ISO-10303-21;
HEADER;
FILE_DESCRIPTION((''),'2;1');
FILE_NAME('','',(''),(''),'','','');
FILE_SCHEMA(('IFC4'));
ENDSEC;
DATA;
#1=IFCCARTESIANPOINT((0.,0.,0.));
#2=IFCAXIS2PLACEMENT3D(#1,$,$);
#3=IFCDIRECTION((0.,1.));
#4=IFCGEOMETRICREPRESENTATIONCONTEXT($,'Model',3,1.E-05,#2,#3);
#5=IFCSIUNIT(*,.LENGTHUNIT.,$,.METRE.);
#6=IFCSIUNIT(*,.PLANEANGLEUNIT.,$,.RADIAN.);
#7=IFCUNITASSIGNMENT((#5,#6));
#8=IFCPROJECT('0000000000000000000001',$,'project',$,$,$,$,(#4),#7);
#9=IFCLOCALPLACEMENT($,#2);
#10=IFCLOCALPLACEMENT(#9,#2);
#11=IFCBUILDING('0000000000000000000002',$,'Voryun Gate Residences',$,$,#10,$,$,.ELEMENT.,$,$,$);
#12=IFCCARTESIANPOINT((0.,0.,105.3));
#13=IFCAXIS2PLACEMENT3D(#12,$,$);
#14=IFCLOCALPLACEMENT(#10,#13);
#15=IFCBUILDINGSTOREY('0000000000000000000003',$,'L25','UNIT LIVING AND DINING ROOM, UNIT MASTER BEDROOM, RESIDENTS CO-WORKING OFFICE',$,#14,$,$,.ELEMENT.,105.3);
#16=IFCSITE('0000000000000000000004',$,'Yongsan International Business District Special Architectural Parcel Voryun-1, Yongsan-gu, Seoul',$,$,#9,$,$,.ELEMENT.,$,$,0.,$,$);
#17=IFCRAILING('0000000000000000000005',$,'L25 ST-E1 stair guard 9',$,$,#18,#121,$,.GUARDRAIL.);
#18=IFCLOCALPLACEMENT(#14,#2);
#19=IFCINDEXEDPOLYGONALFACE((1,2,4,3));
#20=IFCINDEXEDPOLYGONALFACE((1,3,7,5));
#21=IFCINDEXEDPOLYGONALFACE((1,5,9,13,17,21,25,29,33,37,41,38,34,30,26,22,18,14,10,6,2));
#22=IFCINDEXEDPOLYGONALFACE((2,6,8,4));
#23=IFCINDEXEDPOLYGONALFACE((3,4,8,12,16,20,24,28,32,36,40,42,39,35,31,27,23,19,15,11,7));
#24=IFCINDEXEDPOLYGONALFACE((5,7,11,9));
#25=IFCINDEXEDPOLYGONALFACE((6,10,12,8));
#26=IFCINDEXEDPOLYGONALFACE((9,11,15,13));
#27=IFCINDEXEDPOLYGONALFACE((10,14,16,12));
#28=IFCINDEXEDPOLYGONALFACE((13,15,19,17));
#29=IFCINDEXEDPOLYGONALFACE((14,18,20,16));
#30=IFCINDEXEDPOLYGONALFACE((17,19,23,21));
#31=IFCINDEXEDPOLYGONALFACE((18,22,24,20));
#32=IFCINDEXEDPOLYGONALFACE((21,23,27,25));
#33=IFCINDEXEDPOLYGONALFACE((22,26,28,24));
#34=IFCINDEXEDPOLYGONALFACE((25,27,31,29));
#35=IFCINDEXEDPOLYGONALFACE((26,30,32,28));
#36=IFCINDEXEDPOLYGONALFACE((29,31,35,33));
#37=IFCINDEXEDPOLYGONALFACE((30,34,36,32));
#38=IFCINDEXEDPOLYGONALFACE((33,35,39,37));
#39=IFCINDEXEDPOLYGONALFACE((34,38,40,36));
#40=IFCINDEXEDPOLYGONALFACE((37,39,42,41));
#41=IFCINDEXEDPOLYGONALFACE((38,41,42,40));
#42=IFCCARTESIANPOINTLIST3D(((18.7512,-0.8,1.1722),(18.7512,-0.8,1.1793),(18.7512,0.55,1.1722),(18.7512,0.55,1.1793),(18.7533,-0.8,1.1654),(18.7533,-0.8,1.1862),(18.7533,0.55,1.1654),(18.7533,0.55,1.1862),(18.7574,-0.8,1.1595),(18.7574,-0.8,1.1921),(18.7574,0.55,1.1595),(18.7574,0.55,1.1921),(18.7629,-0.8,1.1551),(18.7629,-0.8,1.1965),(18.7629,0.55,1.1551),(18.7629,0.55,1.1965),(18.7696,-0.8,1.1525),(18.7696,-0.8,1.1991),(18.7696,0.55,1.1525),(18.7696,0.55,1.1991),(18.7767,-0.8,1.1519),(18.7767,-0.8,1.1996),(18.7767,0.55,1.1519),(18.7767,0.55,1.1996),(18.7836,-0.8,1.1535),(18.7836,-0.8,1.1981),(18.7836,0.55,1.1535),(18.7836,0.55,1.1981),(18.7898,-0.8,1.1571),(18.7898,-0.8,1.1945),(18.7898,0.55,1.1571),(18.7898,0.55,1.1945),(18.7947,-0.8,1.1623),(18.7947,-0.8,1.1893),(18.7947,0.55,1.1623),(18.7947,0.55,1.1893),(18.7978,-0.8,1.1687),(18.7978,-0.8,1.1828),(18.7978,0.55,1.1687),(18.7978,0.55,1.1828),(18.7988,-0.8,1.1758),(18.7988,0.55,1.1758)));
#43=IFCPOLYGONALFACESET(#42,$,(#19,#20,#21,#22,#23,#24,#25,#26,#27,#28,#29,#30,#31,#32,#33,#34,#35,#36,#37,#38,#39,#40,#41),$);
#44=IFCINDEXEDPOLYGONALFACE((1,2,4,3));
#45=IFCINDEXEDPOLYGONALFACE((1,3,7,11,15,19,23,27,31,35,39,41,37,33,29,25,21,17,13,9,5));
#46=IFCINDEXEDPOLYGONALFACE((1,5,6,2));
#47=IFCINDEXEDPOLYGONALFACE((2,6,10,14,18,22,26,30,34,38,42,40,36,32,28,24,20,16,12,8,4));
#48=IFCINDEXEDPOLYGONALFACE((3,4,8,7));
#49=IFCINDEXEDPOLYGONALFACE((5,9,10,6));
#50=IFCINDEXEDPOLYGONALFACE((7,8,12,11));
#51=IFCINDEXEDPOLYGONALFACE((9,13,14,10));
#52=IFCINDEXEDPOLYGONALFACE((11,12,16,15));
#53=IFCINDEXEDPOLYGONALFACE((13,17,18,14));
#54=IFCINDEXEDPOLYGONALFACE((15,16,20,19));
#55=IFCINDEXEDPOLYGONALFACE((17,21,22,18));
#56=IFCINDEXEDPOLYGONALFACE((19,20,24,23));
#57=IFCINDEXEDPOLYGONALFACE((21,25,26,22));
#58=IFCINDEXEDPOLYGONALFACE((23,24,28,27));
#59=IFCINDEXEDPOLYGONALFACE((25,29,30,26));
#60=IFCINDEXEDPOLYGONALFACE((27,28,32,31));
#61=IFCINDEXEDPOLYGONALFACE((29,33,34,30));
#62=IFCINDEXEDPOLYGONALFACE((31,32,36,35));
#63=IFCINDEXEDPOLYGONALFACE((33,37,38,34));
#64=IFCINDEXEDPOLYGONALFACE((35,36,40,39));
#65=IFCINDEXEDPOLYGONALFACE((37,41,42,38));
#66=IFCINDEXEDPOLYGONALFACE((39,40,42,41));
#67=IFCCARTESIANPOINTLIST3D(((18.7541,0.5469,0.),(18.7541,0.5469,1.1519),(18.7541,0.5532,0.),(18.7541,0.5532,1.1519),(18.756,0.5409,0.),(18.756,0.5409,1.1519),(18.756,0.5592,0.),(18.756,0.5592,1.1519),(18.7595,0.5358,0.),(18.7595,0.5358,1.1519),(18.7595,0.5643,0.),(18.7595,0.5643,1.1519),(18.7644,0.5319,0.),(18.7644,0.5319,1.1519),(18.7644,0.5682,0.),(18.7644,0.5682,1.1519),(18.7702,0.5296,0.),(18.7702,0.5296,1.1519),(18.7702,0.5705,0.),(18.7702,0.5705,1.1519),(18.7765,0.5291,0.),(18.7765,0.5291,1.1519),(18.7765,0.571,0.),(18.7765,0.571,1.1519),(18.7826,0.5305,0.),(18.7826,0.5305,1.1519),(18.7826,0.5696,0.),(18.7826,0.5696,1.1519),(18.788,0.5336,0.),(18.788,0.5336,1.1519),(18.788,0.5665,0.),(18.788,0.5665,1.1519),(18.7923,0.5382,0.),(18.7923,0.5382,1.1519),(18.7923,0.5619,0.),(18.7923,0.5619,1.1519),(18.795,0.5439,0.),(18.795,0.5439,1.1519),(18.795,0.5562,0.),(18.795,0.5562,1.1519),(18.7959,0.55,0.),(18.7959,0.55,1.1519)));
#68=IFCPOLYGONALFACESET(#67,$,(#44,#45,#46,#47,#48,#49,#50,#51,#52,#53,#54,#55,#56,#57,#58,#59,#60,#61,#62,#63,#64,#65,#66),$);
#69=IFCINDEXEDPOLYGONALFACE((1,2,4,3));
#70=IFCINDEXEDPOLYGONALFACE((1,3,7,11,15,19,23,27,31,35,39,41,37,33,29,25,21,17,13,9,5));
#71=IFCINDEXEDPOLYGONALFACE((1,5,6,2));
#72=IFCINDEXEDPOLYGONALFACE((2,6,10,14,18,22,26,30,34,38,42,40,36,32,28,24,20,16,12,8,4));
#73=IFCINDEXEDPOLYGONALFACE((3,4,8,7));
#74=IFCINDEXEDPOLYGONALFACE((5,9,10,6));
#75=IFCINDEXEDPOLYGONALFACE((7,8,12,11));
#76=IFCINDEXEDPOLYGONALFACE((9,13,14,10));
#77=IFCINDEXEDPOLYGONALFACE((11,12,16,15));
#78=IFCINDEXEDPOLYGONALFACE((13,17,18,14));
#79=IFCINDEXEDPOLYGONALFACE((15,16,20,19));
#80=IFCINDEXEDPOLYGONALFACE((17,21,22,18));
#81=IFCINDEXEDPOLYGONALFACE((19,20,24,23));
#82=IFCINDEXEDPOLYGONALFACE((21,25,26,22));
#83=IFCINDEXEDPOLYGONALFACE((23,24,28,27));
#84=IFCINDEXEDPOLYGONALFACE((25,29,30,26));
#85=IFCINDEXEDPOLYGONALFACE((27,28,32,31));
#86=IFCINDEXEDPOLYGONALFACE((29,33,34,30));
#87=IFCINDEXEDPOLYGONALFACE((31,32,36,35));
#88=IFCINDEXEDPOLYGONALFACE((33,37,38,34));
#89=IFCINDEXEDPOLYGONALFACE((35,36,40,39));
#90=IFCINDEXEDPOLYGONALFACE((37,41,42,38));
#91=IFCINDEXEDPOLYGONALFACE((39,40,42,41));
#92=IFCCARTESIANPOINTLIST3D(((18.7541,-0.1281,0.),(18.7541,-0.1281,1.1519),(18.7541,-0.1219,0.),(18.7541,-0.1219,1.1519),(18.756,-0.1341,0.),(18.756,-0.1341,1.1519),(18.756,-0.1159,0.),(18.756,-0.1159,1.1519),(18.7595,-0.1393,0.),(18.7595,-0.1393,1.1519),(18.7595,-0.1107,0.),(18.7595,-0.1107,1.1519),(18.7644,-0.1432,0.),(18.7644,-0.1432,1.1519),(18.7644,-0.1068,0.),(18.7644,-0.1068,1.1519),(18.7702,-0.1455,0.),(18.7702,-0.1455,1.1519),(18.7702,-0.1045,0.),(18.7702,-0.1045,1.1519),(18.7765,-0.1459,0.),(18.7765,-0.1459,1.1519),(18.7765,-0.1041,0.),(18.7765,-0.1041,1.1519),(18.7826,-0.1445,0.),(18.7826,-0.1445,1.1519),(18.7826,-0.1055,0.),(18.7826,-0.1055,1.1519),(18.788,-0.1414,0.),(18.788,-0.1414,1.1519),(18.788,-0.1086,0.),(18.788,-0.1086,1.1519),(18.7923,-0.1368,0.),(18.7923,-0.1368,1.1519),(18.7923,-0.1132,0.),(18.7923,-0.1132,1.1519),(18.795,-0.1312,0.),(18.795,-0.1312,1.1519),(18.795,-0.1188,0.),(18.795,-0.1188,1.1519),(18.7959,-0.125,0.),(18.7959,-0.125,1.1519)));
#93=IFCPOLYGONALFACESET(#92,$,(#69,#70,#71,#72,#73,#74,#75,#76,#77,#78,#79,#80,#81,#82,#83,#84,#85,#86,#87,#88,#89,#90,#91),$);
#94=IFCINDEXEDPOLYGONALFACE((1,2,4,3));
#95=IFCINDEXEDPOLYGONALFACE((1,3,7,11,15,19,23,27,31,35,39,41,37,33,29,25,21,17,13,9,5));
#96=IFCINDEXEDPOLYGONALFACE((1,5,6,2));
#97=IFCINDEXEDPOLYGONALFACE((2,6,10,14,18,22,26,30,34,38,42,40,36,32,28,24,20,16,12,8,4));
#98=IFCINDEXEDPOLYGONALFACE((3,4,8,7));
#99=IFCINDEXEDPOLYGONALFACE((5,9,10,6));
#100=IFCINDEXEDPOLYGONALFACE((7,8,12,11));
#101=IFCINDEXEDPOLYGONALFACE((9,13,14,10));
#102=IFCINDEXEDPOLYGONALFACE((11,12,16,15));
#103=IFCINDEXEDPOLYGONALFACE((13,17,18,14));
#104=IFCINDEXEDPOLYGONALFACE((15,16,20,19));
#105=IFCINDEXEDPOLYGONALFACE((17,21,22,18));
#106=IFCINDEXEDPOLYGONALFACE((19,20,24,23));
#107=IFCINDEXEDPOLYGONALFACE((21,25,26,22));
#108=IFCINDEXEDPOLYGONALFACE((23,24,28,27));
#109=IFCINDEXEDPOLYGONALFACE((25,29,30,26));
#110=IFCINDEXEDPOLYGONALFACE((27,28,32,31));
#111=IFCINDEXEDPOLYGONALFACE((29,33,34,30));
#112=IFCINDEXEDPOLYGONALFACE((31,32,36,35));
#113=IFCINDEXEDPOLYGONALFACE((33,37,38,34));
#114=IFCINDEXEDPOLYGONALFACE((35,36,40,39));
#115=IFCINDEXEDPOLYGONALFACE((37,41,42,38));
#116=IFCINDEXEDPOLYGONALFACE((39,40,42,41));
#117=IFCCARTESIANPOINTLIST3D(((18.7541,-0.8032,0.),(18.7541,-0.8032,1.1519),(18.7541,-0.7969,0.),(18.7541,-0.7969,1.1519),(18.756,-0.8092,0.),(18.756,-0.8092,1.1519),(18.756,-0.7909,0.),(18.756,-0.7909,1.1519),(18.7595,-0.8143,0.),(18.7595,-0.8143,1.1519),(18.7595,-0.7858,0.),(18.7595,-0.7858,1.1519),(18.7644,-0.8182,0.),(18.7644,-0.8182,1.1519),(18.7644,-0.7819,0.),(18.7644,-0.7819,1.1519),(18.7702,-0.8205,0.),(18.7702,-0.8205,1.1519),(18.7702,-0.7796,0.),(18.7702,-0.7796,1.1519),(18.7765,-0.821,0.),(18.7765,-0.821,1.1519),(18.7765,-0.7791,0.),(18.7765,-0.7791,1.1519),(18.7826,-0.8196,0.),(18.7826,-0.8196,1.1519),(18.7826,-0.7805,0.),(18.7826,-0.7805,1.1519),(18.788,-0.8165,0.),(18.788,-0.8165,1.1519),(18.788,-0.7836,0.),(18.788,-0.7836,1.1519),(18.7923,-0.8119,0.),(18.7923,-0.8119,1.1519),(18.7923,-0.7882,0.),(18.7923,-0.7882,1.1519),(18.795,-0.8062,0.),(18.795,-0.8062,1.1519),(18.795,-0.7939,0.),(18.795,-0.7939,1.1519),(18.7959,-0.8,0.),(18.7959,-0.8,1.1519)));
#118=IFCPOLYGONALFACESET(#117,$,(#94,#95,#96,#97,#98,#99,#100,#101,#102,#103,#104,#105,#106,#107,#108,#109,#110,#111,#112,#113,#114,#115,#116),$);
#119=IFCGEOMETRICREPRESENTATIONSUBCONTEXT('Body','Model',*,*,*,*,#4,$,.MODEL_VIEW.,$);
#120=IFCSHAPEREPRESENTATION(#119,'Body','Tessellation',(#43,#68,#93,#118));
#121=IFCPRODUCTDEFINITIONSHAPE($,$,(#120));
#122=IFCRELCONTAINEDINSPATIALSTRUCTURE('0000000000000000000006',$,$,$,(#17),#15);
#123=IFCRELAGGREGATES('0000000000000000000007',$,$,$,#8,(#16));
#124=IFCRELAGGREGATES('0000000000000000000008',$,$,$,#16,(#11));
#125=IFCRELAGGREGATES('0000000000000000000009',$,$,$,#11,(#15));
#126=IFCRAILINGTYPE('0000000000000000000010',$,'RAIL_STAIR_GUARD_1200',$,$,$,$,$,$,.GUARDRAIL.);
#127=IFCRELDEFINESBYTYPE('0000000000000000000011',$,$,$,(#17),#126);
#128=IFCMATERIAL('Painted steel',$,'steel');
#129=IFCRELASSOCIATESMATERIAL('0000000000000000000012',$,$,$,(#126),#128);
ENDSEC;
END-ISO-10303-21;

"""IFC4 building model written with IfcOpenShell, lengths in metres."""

from ifc_helpers import new_model, si_unit, direction, frame, origin, origin_2d, place, context, subcontext, project, spatial, circle, extrude, material, type_object, element, save


model = new_model("IFC4")

# Units and contexts
model_context = context("Model", 3, precision=1e-05, world=origin(), true_north=direction((0.0, 1.0)))
body_context = subcontext(model_context, "Body", "Model", "MODEL_VIEW")
ifc_project = project(units=[si_unit("LENGTHUNIT", "METRE"), si_unit("PLANEANGLEUNIT", "RADIAN")], contexts=[model_context])

# Site, building, storey
site_placement = place(None, origin())
site = spatial("IfcSite", under=ifc_project, at=site_placement, Name="Yongsan International Business District Special Architectural Parcel Voryun-1, Yongsan-gu, Seoul", CompositionType="ELEMENT", RefElevation=0.0)
building_placement = place(site_placement, origin())
building = spatial("IfcBuilding", under=site, at=building_placement, Name="Voryun Gate Residences", CompositionType="ELEMENT")
storey_placement = place(building_placement, frame((0.0, 0.0, 105.3)))
storey = spatial("IfcBuildingStorey", under=building, at=storey_placement, Name="L25", Description="UNIT LIVING AND DINING ROOM, UNIT MASTER BEDROOM, RESIDENTS CO-WORKING OFFICE", CompositionType="ELEMENT", Elevation=105.3)

# Railing
ifc_material_1 = material(Name="Painted steel", Category="steel")
railing_type = type_object("IfcRailingType", Name="RAIL_STAIR_GUARD_1200", PredefinedType="GUARDRAIL", material=ifc_material_1)
railing_1_placement = place(storey_placement, frame((18.7749, 0.55, 0.0)))
element("IfcRailing", 1, at=railing_1_placement, inside=storey, type_object=railing_type, Name="L25 ST-E1 stair guard 9", PredefinedType="GUARDRAIL", context=body_context, shape_type="SweptSolid", body=[
    extrude(circle(Radius=0.0239, at=origin_2d()), frame((0.0, 0.0, 1.1758), z_axis=(0.0, -1.0, 0.0), x_axis=(1.0, 0.0, 0.0)), (0.0, 0.0, 1.0), 1.3501),
    extrude(circle(Radius=0.021, at=origin_2d()), origin(), (0.0, 0.0, 1.0), 1.1519),
    extrude(circle(Radius=0.021, at=origin_2d()), frame((0.0, -0.675, 0.0)), (0.0, 0.0, 1.0), 1.1519),
    extrude(circle(Radius=0.021, at=origin_2d()), frame((0.0, -1.3501, 0.0)), (0.0, 0.0, 1.0), 1.1519),
])

save(model, "model.ifc")
